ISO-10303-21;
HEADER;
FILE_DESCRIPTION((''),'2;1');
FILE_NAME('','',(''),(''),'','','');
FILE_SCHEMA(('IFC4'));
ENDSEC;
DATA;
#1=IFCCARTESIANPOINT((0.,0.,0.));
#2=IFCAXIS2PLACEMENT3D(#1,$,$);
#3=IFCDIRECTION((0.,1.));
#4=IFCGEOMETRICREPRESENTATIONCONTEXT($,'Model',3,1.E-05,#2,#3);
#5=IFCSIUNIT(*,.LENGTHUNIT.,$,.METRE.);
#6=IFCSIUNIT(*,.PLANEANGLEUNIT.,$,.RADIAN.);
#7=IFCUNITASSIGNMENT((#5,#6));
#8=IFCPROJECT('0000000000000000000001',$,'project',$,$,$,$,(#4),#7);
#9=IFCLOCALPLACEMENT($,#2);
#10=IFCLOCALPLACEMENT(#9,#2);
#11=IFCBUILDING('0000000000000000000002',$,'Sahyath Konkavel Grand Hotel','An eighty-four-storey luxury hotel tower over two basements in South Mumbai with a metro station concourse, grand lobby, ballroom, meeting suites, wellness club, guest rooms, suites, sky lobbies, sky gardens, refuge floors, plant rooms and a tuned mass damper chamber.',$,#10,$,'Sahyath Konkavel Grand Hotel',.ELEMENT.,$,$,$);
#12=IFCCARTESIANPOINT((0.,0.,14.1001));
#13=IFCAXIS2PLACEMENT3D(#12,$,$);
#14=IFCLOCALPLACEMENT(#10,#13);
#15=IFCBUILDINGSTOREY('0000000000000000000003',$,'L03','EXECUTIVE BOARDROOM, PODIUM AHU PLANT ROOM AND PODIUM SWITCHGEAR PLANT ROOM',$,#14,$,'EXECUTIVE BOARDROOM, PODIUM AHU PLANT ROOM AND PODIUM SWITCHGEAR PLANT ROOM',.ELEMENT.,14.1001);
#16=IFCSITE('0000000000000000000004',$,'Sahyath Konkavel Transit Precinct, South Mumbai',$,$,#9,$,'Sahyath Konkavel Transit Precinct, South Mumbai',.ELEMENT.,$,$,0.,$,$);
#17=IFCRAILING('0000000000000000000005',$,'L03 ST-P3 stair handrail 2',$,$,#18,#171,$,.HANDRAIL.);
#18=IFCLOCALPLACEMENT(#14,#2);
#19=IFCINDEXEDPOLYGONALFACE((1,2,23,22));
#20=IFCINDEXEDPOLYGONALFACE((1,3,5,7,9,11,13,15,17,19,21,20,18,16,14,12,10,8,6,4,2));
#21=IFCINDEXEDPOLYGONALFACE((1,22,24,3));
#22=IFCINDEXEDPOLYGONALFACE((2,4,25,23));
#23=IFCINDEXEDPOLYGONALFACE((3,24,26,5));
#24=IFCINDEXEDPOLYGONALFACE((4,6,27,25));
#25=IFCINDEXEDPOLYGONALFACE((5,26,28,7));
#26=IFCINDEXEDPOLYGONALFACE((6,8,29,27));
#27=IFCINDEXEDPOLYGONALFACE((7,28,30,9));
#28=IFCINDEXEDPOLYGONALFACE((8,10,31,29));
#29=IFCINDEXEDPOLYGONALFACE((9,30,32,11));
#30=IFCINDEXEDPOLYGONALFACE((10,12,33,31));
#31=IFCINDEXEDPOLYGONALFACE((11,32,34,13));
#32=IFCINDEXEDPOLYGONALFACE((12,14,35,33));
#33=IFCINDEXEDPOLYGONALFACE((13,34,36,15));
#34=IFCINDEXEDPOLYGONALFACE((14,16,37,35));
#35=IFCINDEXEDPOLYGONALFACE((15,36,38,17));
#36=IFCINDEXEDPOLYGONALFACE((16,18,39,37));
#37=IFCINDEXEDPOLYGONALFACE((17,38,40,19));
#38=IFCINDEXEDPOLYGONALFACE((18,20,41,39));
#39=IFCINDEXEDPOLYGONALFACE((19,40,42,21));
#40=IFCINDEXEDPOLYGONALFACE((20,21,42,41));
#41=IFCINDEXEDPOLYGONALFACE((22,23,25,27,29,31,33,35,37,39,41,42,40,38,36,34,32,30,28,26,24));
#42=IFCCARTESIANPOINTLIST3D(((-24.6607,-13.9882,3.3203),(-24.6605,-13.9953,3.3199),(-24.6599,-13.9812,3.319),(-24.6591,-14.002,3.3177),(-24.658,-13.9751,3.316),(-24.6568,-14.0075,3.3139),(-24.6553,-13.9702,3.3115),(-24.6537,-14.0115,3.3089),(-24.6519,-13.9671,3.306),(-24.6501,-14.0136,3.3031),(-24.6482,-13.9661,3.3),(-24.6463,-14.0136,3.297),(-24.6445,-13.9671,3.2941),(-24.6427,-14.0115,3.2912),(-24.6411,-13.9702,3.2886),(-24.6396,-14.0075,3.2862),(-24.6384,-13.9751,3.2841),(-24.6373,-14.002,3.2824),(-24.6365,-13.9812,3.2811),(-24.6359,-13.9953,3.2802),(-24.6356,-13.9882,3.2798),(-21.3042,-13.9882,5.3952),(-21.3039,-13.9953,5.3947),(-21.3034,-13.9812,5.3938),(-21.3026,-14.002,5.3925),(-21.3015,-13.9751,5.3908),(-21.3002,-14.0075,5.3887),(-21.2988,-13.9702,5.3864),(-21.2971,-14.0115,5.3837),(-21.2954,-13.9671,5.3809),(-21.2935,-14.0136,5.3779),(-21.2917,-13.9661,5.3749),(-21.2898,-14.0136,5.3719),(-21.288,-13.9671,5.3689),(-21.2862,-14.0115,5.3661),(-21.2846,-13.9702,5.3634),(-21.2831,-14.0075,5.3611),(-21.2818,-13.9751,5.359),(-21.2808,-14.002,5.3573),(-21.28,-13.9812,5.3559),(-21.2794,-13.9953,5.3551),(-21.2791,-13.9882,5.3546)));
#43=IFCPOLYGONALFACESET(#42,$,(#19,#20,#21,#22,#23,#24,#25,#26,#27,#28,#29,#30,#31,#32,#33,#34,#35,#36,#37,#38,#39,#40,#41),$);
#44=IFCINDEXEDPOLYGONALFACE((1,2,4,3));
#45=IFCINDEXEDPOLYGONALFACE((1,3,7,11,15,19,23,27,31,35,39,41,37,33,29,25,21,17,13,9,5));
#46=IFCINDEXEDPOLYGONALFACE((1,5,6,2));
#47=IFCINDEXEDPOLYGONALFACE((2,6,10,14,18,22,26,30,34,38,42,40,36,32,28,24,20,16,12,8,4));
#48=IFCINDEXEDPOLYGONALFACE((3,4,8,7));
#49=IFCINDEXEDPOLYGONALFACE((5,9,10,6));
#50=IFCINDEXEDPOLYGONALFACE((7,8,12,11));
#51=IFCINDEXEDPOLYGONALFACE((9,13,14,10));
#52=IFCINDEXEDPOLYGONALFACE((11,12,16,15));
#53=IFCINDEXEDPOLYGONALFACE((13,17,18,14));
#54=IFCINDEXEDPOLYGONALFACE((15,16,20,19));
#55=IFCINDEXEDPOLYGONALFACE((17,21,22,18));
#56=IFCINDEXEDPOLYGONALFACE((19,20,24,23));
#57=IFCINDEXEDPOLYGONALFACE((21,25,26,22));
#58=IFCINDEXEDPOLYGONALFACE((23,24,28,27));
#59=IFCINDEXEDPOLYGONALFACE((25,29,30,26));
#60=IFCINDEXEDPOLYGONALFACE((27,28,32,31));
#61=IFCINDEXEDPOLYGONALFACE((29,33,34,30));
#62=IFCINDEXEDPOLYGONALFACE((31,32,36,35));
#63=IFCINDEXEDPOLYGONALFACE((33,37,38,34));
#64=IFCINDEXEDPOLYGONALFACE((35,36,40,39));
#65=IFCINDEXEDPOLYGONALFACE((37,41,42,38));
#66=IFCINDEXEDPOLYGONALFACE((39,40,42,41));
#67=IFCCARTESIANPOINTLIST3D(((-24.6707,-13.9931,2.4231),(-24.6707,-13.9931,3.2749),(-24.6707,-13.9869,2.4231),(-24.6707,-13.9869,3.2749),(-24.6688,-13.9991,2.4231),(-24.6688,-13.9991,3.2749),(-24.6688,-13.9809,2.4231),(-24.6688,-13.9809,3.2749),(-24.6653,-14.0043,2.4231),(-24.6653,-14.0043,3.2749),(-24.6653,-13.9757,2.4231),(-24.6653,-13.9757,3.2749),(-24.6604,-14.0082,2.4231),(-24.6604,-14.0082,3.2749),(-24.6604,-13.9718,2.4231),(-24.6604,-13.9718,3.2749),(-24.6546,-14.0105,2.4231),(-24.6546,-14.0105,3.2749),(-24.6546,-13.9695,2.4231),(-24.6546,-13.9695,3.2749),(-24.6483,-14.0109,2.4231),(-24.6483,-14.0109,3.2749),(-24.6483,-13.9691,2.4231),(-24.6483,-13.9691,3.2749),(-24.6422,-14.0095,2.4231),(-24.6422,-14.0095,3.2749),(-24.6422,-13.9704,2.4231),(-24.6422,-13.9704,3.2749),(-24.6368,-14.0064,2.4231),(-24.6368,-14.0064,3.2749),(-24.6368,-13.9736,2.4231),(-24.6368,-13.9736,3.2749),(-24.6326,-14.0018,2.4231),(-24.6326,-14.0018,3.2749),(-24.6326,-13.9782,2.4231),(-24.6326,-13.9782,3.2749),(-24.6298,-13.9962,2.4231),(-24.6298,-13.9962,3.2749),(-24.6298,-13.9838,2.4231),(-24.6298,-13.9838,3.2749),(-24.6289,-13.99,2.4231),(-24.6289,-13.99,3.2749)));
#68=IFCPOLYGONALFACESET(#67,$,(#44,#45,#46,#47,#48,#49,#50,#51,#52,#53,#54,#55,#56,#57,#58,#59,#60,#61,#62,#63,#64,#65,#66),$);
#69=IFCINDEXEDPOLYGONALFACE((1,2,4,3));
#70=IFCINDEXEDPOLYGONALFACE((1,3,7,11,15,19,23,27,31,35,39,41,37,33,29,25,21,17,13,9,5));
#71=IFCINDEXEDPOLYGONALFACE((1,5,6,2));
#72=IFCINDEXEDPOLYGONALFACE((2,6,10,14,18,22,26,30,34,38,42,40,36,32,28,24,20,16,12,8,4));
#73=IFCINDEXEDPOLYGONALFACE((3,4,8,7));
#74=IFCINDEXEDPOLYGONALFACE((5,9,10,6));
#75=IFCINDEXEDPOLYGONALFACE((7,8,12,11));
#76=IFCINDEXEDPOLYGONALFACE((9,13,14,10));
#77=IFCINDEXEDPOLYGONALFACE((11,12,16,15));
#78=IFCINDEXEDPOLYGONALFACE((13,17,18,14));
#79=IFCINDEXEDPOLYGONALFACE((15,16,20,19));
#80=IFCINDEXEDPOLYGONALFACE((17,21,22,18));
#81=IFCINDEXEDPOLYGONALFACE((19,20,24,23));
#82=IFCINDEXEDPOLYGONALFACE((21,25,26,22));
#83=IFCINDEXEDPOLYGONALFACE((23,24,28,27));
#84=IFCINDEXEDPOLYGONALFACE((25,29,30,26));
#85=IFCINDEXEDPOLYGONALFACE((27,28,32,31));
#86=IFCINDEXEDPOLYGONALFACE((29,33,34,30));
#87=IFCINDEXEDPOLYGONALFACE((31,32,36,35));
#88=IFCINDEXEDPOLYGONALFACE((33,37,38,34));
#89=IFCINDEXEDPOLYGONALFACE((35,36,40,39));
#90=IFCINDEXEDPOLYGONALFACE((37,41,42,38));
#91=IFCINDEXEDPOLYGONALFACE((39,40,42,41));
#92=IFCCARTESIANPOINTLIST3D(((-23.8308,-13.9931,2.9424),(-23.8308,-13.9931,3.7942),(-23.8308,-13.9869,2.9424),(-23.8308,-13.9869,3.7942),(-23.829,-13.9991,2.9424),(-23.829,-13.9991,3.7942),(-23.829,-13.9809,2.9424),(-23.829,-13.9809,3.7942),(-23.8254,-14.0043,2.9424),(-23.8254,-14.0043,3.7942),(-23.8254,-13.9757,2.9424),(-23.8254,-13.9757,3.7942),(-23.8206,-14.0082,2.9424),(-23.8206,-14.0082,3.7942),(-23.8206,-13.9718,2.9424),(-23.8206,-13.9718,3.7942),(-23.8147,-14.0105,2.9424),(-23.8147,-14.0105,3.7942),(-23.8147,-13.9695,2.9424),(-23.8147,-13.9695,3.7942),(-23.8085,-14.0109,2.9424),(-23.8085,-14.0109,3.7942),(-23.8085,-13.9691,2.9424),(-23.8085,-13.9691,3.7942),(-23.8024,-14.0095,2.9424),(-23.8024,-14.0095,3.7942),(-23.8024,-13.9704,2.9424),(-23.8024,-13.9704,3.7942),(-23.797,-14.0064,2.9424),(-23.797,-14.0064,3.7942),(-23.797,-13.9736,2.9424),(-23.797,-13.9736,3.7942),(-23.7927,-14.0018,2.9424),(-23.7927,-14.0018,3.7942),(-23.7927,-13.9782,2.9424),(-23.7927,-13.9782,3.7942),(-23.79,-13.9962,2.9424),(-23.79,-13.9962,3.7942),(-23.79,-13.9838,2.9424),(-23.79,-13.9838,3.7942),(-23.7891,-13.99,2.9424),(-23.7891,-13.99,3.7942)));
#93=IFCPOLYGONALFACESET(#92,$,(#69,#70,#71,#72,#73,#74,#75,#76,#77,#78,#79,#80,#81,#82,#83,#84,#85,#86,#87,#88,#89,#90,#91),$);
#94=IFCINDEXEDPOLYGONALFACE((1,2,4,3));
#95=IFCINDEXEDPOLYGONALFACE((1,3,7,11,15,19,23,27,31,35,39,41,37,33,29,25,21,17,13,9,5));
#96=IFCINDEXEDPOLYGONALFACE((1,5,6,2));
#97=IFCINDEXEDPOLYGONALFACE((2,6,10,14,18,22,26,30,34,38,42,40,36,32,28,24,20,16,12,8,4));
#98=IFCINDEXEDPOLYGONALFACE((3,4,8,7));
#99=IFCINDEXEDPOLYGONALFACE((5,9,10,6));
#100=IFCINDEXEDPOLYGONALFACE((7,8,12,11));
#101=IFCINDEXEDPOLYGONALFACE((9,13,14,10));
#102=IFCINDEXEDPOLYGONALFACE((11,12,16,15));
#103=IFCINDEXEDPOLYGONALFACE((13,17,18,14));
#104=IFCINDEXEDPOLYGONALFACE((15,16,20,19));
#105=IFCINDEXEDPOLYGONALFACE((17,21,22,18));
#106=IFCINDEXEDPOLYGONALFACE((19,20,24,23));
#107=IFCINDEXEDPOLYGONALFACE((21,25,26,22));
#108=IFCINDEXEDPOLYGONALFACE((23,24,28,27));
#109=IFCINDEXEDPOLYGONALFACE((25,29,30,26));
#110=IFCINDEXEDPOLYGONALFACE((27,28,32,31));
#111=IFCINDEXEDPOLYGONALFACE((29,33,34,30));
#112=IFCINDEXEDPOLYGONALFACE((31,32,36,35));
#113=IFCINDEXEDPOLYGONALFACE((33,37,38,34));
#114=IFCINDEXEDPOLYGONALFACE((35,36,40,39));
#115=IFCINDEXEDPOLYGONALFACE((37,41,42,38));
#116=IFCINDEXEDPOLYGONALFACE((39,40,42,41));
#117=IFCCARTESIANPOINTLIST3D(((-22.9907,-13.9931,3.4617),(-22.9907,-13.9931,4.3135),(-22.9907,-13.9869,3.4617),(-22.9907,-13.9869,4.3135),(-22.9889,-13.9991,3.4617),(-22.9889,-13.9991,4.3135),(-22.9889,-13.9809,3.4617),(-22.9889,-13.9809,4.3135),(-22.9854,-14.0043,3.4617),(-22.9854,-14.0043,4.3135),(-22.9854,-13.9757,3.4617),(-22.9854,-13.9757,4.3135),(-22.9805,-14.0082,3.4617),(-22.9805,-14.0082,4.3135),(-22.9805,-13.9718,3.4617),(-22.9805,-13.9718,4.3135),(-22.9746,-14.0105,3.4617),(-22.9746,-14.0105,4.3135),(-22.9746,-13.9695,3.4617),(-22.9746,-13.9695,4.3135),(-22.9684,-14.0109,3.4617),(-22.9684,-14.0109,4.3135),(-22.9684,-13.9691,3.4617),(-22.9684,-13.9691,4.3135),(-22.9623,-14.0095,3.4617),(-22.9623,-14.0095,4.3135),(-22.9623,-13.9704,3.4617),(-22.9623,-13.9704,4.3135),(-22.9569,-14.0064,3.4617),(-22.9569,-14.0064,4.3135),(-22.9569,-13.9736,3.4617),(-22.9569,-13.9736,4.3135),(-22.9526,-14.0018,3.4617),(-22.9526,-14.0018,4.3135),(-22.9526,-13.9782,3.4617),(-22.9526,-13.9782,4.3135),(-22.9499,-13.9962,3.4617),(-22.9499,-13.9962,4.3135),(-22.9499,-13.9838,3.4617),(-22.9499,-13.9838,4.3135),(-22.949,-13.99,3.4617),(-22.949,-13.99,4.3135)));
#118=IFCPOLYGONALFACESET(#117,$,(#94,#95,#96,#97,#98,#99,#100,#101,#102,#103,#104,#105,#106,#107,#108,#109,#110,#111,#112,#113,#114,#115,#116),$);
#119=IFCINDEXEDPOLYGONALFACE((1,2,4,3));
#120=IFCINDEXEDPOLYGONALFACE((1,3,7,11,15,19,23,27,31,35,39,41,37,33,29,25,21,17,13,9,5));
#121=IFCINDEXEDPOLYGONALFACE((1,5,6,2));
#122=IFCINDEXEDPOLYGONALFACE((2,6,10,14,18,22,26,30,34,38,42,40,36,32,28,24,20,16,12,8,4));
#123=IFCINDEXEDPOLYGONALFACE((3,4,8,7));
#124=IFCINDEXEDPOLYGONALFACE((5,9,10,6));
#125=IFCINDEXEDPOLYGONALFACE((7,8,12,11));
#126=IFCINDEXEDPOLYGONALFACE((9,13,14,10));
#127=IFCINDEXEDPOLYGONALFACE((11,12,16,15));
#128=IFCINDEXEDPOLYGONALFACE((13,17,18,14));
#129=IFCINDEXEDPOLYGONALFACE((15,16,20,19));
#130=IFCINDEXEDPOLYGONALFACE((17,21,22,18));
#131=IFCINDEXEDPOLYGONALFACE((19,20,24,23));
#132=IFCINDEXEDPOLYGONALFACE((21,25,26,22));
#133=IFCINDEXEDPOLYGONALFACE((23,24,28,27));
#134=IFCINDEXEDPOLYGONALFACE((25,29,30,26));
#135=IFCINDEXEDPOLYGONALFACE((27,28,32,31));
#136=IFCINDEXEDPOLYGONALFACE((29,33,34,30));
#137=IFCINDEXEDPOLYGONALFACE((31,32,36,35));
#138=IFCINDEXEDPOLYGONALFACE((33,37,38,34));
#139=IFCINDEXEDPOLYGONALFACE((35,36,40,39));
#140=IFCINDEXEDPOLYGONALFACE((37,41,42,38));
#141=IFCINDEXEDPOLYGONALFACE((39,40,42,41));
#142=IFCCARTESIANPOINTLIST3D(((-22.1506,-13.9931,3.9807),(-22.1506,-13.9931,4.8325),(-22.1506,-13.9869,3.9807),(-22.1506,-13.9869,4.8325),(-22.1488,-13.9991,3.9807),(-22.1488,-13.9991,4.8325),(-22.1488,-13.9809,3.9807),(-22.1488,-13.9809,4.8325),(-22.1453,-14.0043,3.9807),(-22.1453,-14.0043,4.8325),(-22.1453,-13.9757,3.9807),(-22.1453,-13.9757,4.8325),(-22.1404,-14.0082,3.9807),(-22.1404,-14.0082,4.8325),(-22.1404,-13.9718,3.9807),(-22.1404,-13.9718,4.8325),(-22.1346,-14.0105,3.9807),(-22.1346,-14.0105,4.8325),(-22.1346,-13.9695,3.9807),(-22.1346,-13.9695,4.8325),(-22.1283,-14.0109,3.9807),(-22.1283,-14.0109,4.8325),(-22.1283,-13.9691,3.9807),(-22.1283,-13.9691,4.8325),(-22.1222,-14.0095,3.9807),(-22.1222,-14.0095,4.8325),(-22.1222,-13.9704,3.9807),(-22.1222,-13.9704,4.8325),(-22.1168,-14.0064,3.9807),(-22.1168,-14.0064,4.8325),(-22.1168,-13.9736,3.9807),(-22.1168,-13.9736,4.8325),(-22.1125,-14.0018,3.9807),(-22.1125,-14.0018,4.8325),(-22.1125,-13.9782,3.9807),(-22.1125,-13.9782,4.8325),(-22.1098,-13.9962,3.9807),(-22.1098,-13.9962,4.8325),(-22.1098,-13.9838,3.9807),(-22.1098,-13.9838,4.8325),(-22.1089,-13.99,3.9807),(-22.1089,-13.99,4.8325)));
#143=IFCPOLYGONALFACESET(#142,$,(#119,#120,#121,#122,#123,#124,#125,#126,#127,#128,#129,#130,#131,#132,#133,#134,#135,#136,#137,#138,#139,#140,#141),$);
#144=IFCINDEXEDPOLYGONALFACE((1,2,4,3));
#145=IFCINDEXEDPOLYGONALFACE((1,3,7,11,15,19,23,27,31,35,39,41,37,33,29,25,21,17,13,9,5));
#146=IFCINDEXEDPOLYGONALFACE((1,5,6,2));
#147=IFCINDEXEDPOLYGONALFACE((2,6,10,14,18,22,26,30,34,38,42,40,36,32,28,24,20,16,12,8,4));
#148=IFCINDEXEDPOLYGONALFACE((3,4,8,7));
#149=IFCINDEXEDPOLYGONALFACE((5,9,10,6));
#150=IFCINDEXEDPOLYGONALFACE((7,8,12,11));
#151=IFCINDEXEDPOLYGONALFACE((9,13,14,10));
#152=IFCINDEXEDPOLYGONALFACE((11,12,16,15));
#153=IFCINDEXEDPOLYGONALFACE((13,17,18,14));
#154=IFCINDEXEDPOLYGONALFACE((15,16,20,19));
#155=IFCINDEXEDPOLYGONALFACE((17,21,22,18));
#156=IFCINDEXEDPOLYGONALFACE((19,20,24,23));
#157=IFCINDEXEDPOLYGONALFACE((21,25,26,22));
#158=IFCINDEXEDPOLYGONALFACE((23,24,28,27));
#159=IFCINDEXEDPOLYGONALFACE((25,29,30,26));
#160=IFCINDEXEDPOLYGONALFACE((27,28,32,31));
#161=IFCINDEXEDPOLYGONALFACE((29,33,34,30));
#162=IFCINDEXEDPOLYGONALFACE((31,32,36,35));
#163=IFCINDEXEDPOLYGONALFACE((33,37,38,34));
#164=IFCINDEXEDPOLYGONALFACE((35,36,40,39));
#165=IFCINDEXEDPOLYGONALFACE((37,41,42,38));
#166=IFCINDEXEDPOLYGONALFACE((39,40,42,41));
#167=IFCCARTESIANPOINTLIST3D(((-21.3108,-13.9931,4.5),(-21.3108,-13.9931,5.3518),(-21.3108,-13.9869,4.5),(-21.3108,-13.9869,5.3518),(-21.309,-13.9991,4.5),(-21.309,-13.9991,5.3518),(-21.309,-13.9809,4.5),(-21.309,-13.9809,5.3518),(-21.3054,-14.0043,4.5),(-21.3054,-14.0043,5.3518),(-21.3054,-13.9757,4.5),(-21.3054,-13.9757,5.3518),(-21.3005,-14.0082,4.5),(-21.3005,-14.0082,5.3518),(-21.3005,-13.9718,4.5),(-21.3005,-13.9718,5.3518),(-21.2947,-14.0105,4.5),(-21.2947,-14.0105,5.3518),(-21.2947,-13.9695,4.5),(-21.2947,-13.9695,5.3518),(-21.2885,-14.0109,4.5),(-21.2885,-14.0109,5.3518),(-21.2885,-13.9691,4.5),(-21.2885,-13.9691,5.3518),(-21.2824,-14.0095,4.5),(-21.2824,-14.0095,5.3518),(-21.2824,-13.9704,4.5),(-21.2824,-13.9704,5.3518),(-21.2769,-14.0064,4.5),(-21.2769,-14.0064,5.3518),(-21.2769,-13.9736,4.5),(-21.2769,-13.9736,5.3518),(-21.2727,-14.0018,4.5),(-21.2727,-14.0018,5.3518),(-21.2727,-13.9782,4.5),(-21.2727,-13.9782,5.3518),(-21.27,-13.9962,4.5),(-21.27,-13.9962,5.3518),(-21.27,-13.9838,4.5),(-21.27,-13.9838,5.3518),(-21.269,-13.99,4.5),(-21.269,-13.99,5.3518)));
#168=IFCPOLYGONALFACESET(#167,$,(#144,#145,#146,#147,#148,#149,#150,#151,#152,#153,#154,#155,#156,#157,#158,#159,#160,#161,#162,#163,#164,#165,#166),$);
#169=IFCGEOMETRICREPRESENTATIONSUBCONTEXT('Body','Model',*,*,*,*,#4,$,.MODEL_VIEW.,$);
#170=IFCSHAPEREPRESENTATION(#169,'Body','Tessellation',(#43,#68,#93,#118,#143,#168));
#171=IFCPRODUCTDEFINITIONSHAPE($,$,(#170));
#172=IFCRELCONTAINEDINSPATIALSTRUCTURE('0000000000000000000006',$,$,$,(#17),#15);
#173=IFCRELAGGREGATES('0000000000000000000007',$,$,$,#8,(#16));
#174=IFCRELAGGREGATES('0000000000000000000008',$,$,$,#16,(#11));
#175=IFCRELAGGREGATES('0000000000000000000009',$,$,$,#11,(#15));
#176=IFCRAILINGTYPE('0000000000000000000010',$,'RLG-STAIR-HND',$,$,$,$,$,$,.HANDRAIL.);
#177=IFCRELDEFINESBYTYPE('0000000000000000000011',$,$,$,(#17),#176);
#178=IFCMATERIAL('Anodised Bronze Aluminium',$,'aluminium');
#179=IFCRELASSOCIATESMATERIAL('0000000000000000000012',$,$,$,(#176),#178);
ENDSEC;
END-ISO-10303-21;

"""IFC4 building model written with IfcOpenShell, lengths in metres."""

from ifc_helpers import new_model, si_unit, direction, frame, origin, origin_2d, place, context, subcontext, project, spatial, circle, extrude, material, type_object, element, save


model = new_model("IFC4")

# Units and contexts
model_context = context("Model", 3, precision=1e-05, world=origin(), true_north=direction((0.0, 1.0)))
body_context = subcontext(model_context, "Body", "Model", "MODEL_VIEW")
ifc_project = project(units=[si_unit("LENGTHUNIT", "METRE"), si_unit("PLANEANGLEUNIT", "RADIAN")], contexts=[model_context])

# Site, building, storey
site_placement = place(None, origin())
site = spatial("IfcSite", under=ifc_project, at=site_placement, Name="Sahyath Konkavel Transit Precinct, South Mumbai", LongName="Sahyath Konkavel Transit Precinct, South Mumbai", CompositionType="ELEMENT", RefElevation=0.0)
building_placement = place(site_placement, origin())
building = spatial("IfcBuilding", under=site, at=building_placement, Name="Sahyath Konkavel Grand Hotel", Description="An eighty-four-storey luxury hotel tower over two basements in South Mumbai with a metro station concourse, grand lobby, ballroom, meeting suites, wellness club, guest rooms, suites, sky lobbies, sky gardens, refuge floors, plant rooms and a tuned mass damper chamber.", LongName="Sahyath Konkavel Grand Hotel", CompositionType="ELEMENT")
storey_placement = place(building_placement, frame((0.0, 0.0, 14.1001)))
storey = spatial("IfcBuildingStorey", under=building, at=storey_placement, Name="L03", Description="EXECUTIVE BOARDROOM, PODIUM AHU PLANT ROOM AND PODIUM SWITCHGEAR PLANT ROOM", LongName="EXECUTIVE BOARDROOM, PODIUM AHU PLANT ROOM AND PODIUM SWITCHGEAR PLANT ROOM", CompositionType="ELEMENT", Elevation=14.1001)

# Shared definitions
ifc_material_1 = material(Name="Anodised Bronze Aluminium", Category="aluminium")

# Railing
railing_type_1 = type_object("IfcRailingType", Name="RLG-STAIR-HND", PredefinedType="HANDRAIL", material=ifc_material_1)
railing_1_placement = place(storey_placement, frame((-24.6499, -13.99, 2.4231)))
element("IfcRailing", 1, at=railing_1_placement, inside=storey, type_object=railing_type_1, Name="L03 ST-P3 stair handrail 2", PredefinedType="HANDRAIL", context=body_context, shape_type="SweptSolid", body=[
    extrude(circle(Radius=0.0239, at=origin_2d()), frame((0.0017, 0.0, 0.877), z_axis=(0.850606, 0.0, 0.525803), x_axis=(0.0, 1.0, 0.0)), (0.0, 0.0, 1.0), 3.946),
    extrude(circle(Radius=0.021, at=origin_2d()), origin(), (0.0, 0.0, 1.0), 0.8518),
    extrude(circle(Radius=0.021, at=origin_2d()), frame((0.8398, 0.0, 0.5193)), (0.0, 0.0, 1.0), 0.8518),
    extrude(circle(Radius=0.021, at=origin_2d()), frame((1.6799, 0.0, 1.0386)), (0.0, 0.0, 1.0), 0.8518),
    extrude(circle(Radius=0.021, at=origin_2d()), frame((2.52, 0.0, 1.5576)), (0.0, 0.0, 1.0), 0.8518),
    extrude(circle(Radius=0.021, at=origin_2d()), frame((3.3599, 0.0, 2.0769)), (0.0, 0.0, 1.0), 0.8518),
])

save(model, "model.ifc")
